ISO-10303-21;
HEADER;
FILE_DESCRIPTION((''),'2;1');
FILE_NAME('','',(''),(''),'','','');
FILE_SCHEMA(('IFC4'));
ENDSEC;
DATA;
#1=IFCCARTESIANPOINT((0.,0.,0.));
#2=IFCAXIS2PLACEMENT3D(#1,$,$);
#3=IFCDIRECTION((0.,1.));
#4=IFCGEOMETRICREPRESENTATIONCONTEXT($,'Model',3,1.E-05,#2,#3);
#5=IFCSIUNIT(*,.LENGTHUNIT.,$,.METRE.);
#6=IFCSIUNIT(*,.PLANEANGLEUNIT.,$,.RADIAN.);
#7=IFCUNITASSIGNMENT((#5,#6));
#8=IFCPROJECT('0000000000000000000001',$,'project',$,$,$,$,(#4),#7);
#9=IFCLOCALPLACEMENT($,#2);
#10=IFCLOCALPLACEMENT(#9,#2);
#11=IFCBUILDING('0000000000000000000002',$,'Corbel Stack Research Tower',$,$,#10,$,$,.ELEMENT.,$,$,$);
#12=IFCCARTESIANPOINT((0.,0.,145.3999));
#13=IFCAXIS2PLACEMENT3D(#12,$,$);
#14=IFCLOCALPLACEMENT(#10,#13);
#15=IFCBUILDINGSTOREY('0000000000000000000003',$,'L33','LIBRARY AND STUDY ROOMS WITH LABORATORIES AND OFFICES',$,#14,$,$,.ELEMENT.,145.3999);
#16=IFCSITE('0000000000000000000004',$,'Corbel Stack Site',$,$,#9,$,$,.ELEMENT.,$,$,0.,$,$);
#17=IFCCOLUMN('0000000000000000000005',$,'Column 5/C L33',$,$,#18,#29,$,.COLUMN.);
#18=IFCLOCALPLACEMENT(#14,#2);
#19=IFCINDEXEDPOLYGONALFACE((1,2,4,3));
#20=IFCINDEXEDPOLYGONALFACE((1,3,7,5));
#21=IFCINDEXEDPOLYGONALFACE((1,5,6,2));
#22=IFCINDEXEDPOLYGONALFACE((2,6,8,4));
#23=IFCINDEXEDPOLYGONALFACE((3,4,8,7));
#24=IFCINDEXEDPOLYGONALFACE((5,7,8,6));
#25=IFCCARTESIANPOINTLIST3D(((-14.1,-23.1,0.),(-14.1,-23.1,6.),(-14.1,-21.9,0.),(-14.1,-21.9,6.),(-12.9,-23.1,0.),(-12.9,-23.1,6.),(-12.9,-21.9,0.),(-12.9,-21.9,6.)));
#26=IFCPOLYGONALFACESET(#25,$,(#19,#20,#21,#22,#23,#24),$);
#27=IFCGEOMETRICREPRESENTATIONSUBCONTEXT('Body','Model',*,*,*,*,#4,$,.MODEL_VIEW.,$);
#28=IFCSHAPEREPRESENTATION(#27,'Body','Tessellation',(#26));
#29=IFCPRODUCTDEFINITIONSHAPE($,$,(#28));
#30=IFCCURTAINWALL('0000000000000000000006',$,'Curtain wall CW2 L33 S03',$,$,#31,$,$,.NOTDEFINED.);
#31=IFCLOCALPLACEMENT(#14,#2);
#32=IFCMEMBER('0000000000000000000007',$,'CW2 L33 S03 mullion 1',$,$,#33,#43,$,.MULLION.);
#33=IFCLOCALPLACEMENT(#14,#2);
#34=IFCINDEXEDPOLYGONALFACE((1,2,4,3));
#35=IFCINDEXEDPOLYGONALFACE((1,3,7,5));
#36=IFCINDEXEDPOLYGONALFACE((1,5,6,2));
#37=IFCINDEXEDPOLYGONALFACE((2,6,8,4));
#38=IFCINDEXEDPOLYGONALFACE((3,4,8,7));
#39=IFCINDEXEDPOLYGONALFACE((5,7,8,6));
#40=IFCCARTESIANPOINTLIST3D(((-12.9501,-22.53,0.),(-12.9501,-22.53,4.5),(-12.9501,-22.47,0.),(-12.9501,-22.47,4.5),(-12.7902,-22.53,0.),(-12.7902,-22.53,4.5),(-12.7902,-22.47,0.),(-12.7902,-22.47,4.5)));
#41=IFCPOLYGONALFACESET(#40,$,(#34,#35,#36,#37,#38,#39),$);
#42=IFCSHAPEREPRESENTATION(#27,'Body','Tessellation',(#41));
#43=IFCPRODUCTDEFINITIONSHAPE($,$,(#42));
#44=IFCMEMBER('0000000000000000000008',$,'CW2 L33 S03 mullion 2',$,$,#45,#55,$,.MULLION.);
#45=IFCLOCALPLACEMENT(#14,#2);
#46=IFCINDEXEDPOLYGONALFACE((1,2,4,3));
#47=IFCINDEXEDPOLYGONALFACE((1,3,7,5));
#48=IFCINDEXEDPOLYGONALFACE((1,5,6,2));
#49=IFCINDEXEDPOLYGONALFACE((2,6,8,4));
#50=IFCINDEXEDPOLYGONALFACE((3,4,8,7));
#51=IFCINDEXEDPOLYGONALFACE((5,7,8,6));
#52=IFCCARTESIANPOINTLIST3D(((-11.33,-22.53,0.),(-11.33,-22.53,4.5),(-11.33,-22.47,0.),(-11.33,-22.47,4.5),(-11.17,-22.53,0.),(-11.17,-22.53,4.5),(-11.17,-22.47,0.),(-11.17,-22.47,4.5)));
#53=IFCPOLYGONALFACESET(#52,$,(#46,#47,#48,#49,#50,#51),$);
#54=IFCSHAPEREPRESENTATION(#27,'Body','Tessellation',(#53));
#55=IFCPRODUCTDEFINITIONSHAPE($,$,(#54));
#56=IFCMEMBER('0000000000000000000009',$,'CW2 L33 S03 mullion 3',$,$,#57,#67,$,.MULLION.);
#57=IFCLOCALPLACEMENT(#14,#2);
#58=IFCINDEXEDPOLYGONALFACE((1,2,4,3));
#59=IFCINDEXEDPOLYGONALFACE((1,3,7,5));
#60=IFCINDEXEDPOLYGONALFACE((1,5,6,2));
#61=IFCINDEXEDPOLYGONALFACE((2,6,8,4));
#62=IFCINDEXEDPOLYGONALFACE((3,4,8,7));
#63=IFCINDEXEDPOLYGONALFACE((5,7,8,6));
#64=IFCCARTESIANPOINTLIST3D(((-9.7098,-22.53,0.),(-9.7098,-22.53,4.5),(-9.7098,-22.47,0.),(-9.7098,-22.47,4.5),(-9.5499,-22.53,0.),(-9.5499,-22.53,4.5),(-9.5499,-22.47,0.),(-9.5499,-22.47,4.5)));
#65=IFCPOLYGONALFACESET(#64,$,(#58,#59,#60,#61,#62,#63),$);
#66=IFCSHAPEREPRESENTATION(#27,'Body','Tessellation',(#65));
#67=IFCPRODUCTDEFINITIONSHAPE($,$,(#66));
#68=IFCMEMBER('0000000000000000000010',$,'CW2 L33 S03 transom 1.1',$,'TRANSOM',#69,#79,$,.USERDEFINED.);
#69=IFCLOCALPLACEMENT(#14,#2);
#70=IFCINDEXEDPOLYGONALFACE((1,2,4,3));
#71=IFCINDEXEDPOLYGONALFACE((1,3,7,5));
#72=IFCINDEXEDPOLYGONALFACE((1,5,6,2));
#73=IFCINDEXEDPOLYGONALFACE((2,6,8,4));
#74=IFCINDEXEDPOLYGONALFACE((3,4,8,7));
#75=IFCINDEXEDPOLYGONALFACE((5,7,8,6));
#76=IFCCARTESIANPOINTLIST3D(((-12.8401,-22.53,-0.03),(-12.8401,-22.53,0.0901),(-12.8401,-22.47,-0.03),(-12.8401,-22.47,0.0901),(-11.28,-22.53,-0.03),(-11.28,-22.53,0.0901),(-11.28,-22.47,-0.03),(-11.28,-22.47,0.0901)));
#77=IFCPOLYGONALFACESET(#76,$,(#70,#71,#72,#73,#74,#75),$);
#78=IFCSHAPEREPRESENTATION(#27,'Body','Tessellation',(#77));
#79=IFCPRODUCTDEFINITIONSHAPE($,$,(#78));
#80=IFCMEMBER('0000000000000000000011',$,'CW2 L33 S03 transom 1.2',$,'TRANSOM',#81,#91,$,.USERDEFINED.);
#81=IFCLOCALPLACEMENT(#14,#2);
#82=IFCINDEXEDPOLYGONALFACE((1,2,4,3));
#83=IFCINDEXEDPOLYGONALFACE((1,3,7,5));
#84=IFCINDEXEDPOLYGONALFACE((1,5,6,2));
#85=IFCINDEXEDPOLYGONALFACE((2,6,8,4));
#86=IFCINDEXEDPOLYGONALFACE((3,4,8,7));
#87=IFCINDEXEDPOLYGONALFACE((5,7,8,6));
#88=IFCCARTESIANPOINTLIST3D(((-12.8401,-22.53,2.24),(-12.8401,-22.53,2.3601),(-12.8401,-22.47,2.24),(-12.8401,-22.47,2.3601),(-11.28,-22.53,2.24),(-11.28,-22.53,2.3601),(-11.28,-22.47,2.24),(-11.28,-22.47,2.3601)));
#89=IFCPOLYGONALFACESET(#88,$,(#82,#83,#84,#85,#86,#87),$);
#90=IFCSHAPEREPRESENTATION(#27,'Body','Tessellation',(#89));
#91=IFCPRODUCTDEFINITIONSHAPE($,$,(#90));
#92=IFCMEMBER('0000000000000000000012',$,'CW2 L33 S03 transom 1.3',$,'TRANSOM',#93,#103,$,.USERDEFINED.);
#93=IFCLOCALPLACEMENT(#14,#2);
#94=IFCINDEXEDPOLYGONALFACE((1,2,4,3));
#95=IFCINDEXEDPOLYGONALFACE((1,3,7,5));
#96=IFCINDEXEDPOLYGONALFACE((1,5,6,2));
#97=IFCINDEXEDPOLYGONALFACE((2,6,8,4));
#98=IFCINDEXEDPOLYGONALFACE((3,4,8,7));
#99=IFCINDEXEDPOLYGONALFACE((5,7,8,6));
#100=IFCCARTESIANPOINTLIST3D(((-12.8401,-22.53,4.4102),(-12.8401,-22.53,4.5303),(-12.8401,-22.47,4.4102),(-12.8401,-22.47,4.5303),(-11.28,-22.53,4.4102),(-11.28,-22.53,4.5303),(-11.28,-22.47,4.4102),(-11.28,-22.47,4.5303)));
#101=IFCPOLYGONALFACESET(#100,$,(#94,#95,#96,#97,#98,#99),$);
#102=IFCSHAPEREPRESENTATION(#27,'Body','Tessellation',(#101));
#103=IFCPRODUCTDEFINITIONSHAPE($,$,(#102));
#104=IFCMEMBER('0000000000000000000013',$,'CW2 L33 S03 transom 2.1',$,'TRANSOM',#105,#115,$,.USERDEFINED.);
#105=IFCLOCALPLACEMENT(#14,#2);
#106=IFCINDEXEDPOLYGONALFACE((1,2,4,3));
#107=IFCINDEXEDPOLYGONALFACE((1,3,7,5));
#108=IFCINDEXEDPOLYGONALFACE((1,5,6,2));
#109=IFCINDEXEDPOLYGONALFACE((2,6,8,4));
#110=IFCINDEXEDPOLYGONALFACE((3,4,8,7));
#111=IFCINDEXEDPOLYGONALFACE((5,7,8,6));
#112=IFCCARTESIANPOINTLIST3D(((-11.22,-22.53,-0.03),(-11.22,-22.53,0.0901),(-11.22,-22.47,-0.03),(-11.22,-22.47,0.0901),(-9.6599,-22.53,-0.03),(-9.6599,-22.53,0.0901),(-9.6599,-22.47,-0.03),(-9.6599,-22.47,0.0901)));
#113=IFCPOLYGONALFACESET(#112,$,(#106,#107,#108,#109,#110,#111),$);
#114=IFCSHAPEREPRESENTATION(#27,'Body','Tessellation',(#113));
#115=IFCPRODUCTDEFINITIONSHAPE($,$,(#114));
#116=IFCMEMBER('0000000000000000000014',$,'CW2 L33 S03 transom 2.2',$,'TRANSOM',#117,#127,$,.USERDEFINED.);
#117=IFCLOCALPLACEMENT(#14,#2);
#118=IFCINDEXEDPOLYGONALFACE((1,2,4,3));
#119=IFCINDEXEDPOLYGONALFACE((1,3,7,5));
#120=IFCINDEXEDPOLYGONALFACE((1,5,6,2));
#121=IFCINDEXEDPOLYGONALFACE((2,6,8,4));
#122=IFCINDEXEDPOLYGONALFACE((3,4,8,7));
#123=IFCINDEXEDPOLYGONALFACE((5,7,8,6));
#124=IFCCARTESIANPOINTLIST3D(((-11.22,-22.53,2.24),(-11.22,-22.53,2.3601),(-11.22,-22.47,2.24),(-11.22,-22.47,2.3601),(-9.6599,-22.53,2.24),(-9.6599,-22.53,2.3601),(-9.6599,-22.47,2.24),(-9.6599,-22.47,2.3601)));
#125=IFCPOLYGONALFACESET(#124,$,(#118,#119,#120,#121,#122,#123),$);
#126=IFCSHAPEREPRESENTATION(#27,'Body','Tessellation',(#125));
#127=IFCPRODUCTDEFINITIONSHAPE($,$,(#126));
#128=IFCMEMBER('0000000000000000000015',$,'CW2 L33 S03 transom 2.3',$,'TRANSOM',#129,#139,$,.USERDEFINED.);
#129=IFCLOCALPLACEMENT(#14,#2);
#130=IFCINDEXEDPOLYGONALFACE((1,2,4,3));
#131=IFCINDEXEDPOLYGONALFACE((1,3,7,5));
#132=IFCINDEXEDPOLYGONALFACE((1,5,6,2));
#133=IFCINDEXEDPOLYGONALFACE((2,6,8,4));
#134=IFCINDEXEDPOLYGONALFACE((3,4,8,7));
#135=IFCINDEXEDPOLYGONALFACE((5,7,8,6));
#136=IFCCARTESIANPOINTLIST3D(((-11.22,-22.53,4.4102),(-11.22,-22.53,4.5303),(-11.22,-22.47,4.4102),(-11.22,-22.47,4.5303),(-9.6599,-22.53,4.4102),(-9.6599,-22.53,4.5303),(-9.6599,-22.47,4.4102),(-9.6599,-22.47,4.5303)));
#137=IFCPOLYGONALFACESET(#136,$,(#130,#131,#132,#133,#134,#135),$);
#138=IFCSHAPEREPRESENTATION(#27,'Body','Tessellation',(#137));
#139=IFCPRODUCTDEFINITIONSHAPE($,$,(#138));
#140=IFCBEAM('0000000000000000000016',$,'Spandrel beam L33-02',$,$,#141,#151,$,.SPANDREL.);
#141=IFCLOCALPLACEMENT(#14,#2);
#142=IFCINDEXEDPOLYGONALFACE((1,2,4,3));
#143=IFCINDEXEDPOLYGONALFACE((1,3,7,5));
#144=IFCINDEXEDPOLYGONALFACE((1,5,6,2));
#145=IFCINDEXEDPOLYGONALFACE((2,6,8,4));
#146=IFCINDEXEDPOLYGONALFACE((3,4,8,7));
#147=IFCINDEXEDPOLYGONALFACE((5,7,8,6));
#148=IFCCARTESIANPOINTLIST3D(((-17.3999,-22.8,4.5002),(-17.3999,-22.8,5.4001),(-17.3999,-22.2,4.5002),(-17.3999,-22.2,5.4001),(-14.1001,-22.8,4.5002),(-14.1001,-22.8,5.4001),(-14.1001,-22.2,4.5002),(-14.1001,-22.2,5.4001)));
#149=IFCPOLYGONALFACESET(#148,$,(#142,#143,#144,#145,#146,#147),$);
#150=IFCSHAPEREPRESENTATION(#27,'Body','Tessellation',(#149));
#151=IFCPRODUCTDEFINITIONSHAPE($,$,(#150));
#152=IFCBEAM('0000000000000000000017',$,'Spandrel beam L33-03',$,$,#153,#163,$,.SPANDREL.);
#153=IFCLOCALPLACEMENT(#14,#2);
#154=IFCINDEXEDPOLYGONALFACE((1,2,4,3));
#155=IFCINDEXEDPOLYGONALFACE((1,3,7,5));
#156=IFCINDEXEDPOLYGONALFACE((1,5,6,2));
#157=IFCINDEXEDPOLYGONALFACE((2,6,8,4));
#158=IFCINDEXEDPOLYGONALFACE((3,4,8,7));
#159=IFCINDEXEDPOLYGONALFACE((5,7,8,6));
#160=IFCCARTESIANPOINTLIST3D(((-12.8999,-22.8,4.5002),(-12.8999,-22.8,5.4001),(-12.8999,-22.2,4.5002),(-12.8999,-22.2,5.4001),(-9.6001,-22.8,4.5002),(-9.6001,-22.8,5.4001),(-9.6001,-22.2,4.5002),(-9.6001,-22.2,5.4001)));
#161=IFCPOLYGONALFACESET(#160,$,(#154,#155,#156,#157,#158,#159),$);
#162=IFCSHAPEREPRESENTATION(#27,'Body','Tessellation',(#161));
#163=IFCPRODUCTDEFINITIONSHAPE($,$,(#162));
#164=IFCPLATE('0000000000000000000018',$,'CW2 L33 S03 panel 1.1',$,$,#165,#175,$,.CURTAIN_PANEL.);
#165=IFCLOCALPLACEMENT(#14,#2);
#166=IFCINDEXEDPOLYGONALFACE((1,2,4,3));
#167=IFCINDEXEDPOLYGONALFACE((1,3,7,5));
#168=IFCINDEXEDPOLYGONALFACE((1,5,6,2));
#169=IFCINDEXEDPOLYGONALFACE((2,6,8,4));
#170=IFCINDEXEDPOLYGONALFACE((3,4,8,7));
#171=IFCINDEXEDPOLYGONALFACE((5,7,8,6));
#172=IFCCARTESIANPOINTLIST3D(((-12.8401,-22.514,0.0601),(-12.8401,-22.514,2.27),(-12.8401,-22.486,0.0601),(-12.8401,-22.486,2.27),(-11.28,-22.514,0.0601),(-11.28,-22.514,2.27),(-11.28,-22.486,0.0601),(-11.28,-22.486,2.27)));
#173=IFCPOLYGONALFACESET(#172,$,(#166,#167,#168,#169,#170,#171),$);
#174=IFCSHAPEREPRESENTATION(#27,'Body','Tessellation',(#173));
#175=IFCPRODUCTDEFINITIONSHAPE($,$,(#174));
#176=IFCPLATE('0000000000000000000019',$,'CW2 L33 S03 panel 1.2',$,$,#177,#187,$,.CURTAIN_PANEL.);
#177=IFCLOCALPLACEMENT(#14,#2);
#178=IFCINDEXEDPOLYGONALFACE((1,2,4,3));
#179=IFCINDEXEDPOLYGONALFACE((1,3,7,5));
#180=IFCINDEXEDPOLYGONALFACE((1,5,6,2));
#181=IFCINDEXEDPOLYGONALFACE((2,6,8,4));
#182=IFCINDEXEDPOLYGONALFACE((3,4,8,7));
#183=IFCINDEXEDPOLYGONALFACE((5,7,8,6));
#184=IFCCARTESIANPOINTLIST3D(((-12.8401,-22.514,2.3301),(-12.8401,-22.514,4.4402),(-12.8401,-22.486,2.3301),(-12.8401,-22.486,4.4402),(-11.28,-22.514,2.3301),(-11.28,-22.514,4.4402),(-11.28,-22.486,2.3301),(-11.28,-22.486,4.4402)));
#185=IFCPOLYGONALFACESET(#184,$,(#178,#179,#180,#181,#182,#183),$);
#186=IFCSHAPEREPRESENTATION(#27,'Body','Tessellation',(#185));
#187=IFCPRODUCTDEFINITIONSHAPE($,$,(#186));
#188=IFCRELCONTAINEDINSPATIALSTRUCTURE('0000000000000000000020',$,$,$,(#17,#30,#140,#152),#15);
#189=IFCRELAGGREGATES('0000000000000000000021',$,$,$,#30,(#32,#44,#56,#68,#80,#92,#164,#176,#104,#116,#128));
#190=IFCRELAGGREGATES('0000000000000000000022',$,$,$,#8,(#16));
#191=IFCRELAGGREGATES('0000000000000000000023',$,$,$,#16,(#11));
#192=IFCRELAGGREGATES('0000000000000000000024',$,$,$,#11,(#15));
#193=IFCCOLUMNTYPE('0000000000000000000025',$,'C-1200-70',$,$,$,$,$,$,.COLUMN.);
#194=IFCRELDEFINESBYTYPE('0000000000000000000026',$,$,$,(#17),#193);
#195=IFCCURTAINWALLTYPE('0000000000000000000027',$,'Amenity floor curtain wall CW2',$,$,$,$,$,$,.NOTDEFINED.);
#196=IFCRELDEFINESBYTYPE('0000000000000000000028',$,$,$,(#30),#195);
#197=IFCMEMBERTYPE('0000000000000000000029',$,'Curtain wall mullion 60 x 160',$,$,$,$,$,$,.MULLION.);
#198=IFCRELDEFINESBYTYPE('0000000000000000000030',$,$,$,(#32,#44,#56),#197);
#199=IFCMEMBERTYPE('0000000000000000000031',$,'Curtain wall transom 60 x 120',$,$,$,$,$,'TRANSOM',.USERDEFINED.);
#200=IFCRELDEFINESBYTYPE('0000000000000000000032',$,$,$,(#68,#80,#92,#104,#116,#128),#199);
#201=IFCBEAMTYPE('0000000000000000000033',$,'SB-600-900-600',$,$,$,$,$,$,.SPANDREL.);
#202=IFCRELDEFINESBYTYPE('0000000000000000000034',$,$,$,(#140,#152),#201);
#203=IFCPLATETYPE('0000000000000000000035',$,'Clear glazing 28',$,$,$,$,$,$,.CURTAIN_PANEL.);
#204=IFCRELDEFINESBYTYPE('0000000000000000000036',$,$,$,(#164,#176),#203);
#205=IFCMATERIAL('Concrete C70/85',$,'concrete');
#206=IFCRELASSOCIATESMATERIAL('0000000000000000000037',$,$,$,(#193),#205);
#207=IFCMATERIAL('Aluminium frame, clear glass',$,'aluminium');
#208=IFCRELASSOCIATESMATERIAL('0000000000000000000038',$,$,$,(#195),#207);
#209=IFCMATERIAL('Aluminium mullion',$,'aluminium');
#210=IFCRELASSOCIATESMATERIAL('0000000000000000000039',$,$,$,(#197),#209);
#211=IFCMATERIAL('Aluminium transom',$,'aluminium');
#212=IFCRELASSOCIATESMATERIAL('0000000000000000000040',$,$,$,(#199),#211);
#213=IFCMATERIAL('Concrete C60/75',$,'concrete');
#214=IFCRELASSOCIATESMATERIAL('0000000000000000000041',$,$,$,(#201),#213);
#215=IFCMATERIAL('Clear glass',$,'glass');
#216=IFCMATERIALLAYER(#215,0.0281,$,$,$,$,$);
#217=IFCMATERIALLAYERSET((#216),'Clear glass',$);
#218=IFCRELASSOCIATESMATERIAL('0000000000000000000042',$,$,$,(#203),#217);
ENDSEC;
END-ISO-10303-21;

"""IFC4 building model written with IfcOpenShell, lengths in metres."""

from ifc_helpers import new_model, si_unit, direction, frame, origin, origin_2d, place, context, subcontext, project, spatial, rectangle, extrude, material, layer, layer_set, material_profile, profile_set, type_object, element, aggregate, save


model = new_model("IFC4")

# Units and contexts
model_context = context("Model", 3, precision=1e-05, world=origin(), true_north=direction((0.0, 1.0)))
body_context = subcontext(model_context, "Body", "Model", "MODEL_VIEW")
ifc_project = project(units=[si_unit("LENGTHUNIT", "METRE"), si_unit("PLANEANGLEUNIT", "RADIAN")], contexts=[model_context])

# Site, building, storey
site_placement = place(None, origin())
site = spatial("IfcSite", under=ifc_project, at=site_placement, Name="Corbel Stack Site", CompositionType="ELEMENT", RefElevation=0.0)
building_placement = place(site_placement, origin())
building = spatial("IfcBuilding", under=site, at=building_placement, Name="Corbel Stack Research Tower", CompositionType="ELEMENT")
storey_placement = place(building_placement, frame((0.0, 0.0, 145.3999)))
storey = spatial("IfcBuildingStorey", under=building, at=storey_placement, Name="L33", Description="LIBRARY AND STUDY ROOMS WITH LABORATORIES AND OFFICES", CompositionType="ELEMENT", Elevation=145.3999)

# Column
ifc_material_1 = material(Name="Concrete C70/85", Category="concrete")
ifc_material_profile_1 = material_profile(ifc_material_1, rectangle(XDim=1.2, YDim=1.2, at=origin_2d()), Name="RC 1200 x 1200")
ifc_profile_set_1 = profile_set([ifc_material_profile_1], Name="Concrete C70/85")
column_type = type_object("IfcColumnType", Name="C-1200-70", PredefinedType="COLUMN", material=ifc_profile_set_1)
column_placement = place(storey_placement, frame((-13.5, -22.5, 0.0), z_axis=(0.0, 0.0, 1.0), x_axis=(1.0, 0.0, 0.0)))
element("IfcColumn", 1, at=column_placement, inside=storey, type_object=column_type, Name="Column 5/C L33", PredefinedType="COLUMN", context=body_context, shape_type="SweptSolid", body=[
    extrude(rectangle(XDim=1.2, YDim=1.2, at=origin_2d()), origin(), (0.0, 0.0, 1.0), 6.0),
])

# Curtain wall, members
ifc_material_2 = material(Name="Aluminium frame, clear glass", Category="aluminium")
curtain_wall_type = type_object("IfcCurtainWallType", Name="Amenity floor curtain wall CW2", PredefinedType="NOTDEFINED", material=ifc_material_2)
curtain_wall_placement = place(storey_placement, origin())
curtain_wall = element("IfcCurtainWall", 2, at=curtain_wall_placement, inside=storey, type_object=curtain_wall_type, Name="Curtain wall CW2 L33 S03", PredefinedType="NOTDEFINED")
ifc_material_3 = material(Name="Aluminium mullion", Category="aluminium")
ifc_material_profile_2 = material_profile(ifc_material_3, rectangle(XDim=0.0601, YDim=0.1599, at=origin_2d()), Name="Mullion 60 x 160")
ifc_profile_set_2 = profile_set([ifc_material_profile_2], Name="Aluminium mullion")
member_type_1 = type_object("IfcMemberType", Name="Curtain wall mullion 60 x 160", PredefinedType="MULLION", material=ifc_profile_set_2)
member_1_placement = place(storey_placement, frame((-12.8701, -22.5, 0.0), z_axis=(0.0, 0.0, 1.0), x_axis=(0.0, 1.0, 0.0)))
member_1 = element("IfcMember", 3, at=member_1_placement, type_object=member_type_1, Name="CW2 L33 S03 mullion 1", PredefinedType="MULLION", context=body_context, shape_type="SweptSolid", body=[
    extrude(rectangle(XDim=0.0601, YDim=0.1599, at=origin_2d()), origin(), (0.0, 0.0, 1.0), 4.5),
])
member_2_placement = place(storey_placement, frame((-11.25, -22.5, 0.0), z_axis=(0.0, 0.0, 1.0), x_axis=(0.0, 1.0, 0.0)))
member_2 = element("IfcMember", 4, at=member_2_placement, type_object=member_type_1, Name="CW2 L33 S03 mullion 2", PredefinedType="MULLION", context=body_context, shape_type="SweptSolid", body=[
    extrude(rectangle(XDim=0.0601, YDim=0.1599, at=origin_2d()), origin(), (0.0, 0.0, 1.0), 4.5),
])
member_3_placement = place(storey_placement, frame((-9.6299, -22.5, 0.0), z_axis=(0.0, 0.0, 1.0), x_axis=(0.0, 1.0, 0.0)))
member_3 = element("IfcMember", 5, at=member_3_placement, type_object=member_type_1, Name="CW2 L33 S03 mullion 3", PredefinedType="MULLION", context=body_context, shape_type="SweptSolid", body=[
    extrude(rectangle(XDim=0.0601, YDim=0.1599, at=origin_2d()), origin(), (0.0, 0.0, 1.0), 4.5),
])
ifc_material_4 = material(Name="Aluminium transom", Category="aluminium")
ifc_material_profile_3 = material_profile(ifc_material_4, rectangle(XDim=0.0601, YDim=0.1201, at=origin_2d()), Name="Transom 60 x 120")
ifc_profile_set_3 = profile_set([ifc_material_profile_3], Name="Aluminium transom")
member_type_2 = type_object("IfcMemberType", Name="Curtain wall transom 60 x 120", ElementType="TRANSOM", PredefinedType="USERDEFINED", material=ifc_profile_set_3)
member_4_placement = place(storey_placement, frame((-12.8401, -22.5, 0.03), z_axis=(1.0, 0.0, 0.0), x_axis=(0.0, 1.0, 0.0)))
member_4 = element("IfcMember", 6, at=member_4_placement, type_object=member_type_2, Name="CW2 L33 S03 transom 1.1", ObjectType="TRANSOM", PredefinedType="USERDEFINED", context=body_context, shape_type="SweptSolid", body=[
    extrude(rectangle(XDim=0.0601, YDim=0.1201, at=origin_2d()), origin(), (0.0, 0.0, 1.0), 1.5601),
])
member_5_placement = place(storey_placement, frame((-12.8401, -22.5, 2.3), z_axis=(1.0, 0.0, 0.0), x_axis=(0.0, 1.0, 0.0)))
member_5 = element("IfcMember", 7, at=member_5_placement, type_object=member_type_2, Name="CW2 L33 S03 transom 1.2", ObjectType="TRANSOM", PredefinedType="USERDEFINED", context=body_context, shape_type="SweptSolid", body=[
    extrude(rectangle(XDim=0.0601, YDim=0.1201, at=origin_2d()), origin(), (0.0, 0.0, 1.0), 1.5601),
])
member_6_placement = place(storey_placement, frame((-12.8401, -22.5, 4.4702), z_axis=(1.0, 0.0, 0.0), x_axis=(0.0, 1.0, 0.0)))
member_6 = element("IfcMember", 8, at=member_6_placement, type_object=member_type_2, Name="CW2 L33 S03 transom 1.3", ObjectType="TRANSOM", PredefinedType="USERDEFINED", context=body_context, shape_type="SweptSolid", body=[
    extrude(rectangle(XDim=0.0601, YDim=0.1201, at=origin_2d()), origin(), (0.0, 0.0, 1.0), 1.5601),
])
member_7_placement = place(storey_placement, frame((-11.22, -22.5, 0.03), z_axis=(1.0, 0.0, 0.0), x_axis=(0.0, 1.0, 0.0)))
member_7 = element("IfcMember", 9, at=member_7_placement, type_object=member_type_2, Name="CW2 L33 S03 transom 2.1", ObjectType="TRANSOM", PredefinedType="USERDEFINED", context=body_context, shape_type="SweptSolid", body=[
    extrude(rectangle(XDim=0.0601, YDim=0.1201, at=origin_2d()), origin(), (0.0, 0.0, 1.0), 1.5601),
])
member_8_placement = place(storey_placement, frame((-11.22, -22.5, 2.3), z_axis=(1.0, 0.0, 0.0), x_axis=(0.0, 1.0, 0.0)))
member_8 = element("IfcMember", 10, at=member_8_placement, type_object=member_type_2, Name="CW2 L33 S03 transom 2.2", ObjectType="TRANSOM", PredefinedType="USERDEFINED", context=body_context, shape_type="SweptSolid", body=[
    extrude(rectangle(XDim=0.0601, YDim=0.1201, at=origin_2d()), origin(), (0.0, 0.0, 1.0), 1.5601),
])
member_9_placement = place(storey_placement, frame((-11.22, -22.5, 4.4702), z_axis=(1.0, 0.0, 0.0), x_axis=(0.0, 1.0, 0.0)))
member_9 = element("IfcMember", 11, at=member_9_placement, type_object=member_type_2, Name="CW2 L33 S03 transom 2.3", ObjectType="TRANSOM", PredefinedType="USERDEFINED", context=body_context, shape_type="SweptSolid", body=[
    extrude(rectangle(XDim=0.0601, YDim=0.1201, at=origin_2d()), origin(), (0.0, 0.0, 1.0), 1.5601),
])

# Beams
ifc_material_5 = material(Name="Concrete C60/75", Category="concrete")
ifc_material_profile_4 = material_profile(ifc_material_5, rectangle(XDim=0.6001, YDim=0.8999, at=origin_2d()), Name="RC 600 x 900")
ifc_profile_set_4 = profile_set([ifc_material_profile_4], Name="Concrete C60/75")
beam_type = type_object("IfcBeamType", Name="SB-600-900-600", PredefinedType="SPANDREL", material=ifc_profile_set_4)
for number, where, z_axis, x_axis, name in (
    (12, (-17.3999, -22.5, 4.9502), (1.0, 0.0, 0.0), (0.0, 1.0, 0.0), "Spandrel beam L33-02"),
    (13, (-12.8999, -22.5, 4.9502), (1.0, 0.0, 0.0), (0.0, 1.0, 0.0), "Spandrel beam L33-03"),
):
    element("IfcBeam", number, at=place(storey_placement, frame(where, z_axis=z_axis, x_axis=x_axis)), inside=storey, type_object=beam_type, Name=name, PredefinedType="SPANDREL", context=body_context, shape_type="SweptSolid", body=[
        extrude(rectangle(XDim=0.6001, YDim=0.8999, at=origin_2d()), origin(), (0.0, 0.0, 1.0), 3.2998),
    ])

# Plates
ifc_material_6 = material(Name="Clear glass", Category="glass")
ifc_layer_1 = layer(ifc_material_6, 0.0281)
ifc_layer_set_1 = layer_set([ifc_layer_1], Name="Clear glass")
plate_type = type_object("IfcPlateType", Name="Clear glazing 28", PredefinedType="CURTAIN_PANEL", material=ifc_layer_set_1)
plate_1_placement = place(storey_placement, frame((-12.0601, -22.5, 0.0601), z_axis=(0.0, 0.0, 1.0), x_axis=(1.0, 0.0, 0.0)))
plate_1 = element("IfcPlate", 14, at=plate_1_placement, type_object=plate_type, Name="CW2 L33 S03 panel 1.1", PredefinedType="CURTAIN_PANEL", context=body_context, shape_type="SweptSolid", body=[
    extrude(rectangle(XDim=1.5601, YDim=0.0281, at=origin_2d()), origin(), (0.0, 0.0, 1.0), 2.21),
])
plate_2_placement = place(storey_placement, frame((-12.0601, -22.5, 2.3301), z_axis=(0.0, 0.0, 1.0), x_axis=(1.0, 0.0, 0.0)))
plate_2 = element("IfcPlate", 15, at=plate_2_placement, type_object=plate_type, Name="CW2 L33 S03 panel 1.2", PredefinedType="CURTAIN_PANEL", context=body_context, shape_type="SweptSolid", body=[
    extrude(rectangle(XDim=1.5601, YDim=0.0281, at=origin_2d()), origin(), (0.0, 0.0, 1.0), 2.1101),
])
aggregate(curtain_wall, [member_1, member_2, member_3, member_4, member_5, member_6, plate_1, plate_2, member_7, member_8, member_9])

save(model, "model.ifc")
